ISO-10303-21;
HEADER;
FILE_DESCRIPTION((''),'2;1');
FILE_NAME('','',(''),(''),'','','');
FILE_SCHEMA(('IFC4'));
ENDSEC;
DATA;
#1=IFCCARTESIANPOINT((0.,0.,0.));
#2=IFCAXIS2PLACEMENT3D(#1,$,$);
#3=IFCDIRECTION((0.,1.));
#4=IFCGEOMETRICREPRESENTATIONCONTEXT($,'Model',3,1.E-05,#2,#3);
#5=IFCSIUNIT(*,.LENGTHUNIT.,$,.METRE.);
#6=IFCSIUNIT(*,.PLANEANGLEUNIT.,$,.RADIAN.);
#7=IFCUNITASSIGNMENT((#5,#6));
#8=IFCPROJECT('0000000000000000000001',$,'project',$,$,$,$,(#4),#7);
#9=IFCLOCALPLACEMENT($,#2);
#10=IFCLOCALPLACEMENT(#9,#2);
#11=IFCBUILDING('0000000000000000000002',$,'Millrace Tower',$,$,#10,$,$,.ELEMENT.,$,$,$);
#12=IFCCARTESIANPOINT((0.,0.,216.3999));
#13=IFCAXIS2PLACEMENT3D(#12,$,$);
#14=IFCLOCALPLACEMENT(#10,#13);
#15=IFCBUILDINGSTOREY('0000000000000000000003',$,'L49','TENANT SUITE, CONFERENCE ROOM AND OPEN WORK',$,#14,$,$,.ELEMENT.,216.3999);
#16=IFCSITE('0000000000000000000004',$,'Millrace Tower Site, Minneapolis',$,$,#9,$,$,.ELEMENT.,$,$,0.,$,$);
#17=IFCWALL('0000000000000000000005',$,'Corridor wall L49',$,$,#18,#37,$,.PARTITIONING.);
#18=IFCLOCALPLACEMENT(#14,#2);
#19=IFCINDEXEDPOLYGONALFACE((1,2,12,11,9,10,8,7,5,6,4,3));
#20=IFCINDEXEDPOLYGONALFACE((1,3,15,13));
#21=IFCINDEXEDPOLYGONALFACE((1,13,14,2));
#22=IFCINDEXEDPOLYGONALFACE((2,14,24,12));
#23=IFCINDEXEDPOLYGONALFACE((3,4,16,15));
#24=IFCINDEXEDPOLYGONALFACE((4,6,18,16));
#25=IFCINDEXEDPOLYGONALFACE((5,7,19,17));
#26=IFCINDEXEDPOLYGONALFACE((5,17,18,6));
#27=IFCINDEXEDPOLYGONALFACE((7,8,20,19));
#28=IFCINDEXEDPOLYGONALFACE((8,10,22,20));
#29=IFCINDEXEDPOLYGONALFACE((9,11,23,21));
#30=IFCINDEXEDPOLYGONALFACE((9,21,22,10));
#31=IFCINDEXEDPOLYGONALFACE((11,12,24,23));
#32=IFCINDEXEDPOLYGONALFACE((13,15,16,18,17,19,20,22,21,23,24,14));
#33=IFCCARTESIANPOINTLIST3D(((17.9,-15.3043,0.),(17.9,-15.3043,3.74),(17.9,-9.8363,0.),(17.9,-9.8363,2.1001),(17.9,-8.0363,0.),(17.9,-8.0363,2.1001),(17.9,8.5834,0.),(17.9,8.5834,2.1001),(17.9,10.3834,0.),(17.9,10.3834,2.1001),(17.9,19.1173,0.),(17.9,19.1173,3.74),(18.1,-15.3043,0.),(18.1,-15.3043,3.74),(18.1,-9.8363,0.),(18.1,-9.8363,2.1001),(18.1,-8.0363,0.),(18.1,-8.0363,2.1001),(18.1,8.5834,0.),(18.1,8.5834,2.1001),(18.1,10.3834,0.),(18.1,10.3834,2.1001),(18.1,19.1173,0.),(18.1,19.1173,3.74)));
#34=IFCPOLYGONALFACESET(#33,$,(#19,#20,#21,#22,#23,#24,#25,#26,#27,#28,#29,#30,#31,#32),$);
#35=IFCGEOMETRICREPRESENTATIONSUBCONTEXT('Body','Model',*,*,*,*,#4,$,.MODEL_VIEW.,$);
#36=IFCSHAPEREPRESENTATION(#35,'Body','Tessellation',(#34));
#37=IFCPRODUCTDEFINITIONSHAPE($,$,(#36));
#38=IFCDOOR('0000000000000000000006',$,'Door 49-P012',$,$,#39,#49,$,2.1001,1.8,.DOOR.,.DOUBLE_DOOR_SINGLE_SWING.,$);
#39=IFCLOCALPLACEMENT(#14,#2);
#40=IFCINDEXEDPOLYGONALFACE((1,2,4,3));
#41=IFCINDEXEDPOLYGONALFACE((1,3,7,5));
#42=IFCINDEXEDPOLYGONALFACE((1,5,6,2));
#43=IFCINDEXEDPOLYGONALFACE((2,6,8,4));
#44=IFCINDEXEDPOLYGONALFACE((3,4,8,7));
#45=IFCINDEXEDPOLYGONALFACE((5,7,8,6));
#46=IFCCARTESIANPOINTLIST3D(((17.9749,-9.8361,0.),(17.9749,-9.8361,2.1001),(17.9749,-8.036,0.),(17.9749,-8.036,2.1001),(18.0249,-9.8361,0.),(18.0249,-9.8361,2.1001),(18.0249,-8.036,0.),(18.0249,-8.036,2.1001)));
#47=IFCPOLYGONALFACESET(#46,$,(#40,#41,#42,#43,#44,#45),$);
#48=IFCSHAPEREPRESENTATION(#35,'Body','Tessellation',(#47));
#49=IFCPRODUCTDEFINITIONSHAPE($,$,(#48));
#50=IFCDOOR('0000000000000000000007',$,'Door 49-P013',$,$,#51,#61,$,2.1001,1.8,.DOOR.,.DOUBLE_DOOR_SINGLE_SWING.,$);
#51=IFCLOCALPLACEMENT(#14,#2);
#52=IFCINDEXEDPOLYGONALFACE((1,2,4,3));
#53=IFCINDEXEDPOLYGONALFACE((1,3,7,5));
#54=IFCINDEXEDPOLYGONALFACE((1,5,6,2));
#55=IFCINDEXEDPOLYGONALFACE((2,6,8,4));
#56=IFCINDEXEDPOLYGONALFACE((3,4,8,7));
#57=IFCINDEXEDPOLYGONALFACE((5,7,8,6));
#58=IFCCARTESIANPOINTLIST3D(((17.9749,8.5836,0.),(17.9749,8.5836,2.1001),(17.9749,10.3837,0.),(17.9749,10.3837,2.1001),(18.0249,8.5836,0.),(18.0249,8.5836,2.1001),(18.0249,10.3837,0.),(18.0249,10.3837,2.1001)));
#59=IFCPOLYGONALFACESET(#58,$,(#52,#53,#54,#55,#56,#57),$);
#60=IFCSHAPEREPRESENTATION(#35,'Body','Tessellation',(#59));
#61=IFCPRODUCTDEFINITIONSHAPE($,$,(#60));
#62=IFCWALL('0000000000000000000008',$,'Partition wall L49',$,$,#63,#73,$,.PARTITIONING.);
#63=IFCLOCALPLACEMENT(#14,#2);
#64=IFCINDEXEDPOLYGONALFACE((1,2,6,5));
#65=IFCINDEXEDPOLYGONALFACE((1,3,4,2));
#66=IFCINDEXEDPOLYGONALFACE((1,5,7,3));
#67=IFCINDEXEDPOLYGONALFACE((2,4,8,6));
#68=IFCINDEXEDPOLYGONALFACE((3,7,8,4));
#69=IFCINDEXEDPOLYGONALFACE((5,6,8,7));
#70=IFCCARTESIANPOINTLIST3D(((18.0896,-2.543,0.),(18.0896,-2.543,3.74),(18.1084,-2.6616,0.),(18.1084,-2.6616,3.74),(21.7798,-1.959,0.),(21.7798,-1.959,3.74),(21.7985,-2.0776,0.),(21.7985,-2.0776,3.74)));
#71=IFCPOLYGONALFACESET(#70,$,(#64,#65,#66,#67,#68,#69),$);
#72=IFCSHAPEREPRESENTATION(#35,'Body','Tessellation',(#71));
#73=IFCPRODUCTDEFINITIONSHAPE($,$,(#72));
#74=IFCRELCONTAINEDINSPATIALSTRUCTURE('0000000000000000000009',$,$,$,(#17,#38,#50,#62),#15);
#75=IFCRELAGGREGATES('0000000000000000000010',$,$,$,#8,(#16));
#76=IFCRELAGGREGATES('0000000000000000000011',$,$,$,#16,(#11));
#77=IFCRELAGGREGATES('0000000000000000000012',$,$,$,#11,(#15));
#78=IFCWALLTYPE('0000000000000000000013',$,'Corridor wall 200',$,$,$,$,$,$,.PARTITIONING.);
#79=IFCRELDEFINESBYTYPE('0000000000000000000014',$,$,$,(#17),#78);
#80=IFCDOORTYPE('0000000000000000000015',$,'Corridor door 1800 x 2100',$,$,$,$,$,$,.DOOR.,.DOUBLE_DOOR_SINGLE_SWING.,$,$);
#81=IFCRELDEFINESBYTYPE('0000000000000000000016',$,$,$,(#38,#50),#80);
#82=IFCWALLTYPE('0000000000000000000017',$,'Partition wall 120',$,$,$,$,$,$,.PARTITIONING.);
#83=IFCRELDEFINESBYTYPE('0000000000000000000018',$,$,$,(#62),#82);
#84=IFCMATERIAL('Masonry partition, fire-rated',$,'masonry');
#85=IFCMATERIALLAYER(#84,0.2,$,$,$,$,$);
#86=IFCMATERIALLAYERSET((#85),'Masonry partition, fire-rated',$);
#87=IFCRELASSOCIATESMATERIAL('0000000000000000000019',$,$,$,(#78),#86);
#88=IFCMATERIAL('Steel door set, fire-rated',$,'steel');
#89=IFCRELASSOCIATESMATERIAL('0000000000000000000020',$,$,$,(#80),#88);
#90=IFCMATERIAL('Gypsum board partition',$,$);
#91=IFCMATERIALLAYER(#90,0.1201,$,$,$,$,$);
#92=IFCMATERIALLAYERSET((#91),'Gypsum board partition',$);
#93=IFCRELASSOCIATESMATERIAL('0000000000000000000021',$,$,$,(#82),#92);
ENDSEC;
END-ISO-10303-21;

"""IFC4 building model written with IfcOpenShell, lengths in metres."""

from ifc_helpers import new_model, si_unit, direction, frame, frame_2d, origin, place, context, subcontext, project, spatial, rectangle, extrude, material, layer, layer_set, type_object, element, fill, save


model = new_model("IFC4")

# Units and contexts
model_context = context("Model", 3, precision=1e-05, world=origin(), true_north=direction((0.0, 1.0)))
body_context = subcontext(model_context, "Body", "Model", "MODEL_VIEW")
ifc_project = project(units=[si_unit("LENGTHUNIT", "METRE"), si_unit("PLANEANGLEUNIT", "RADIAN")], contexts=[model_context])

# Site, building, storey
site_placement = place(None, origin())
site = spatial("IfcSite", under=ifc_project, at=site_placement, Name="Millrace Tower Site, Minneapolis", CompositionType="ELEMENT", RefElevation=0.0)
building_placement = place(site_placement, origin())
building = spatial("IfcBuilding", under=site, at=building_placement, Name="Millrace Tower", CompositionType="ELEMENT")
storey_placement = place(building_placement, frame((0.0, 0.0, 216.3999)))
storey = spatial("IfcBuildingStorey", under=building, at=storey_placement, Name="L49", Description="TENANT SUITE, CONFERENCE ROOM AND OPEN WORK", CompositionType="ELEMENT", Elevation=216.3999)

# Wall, openings, doors
ifc_material_1 = material(Name="Masonry partition, fire-rated", Category="masonry")
ifc_layer_1 = layer(ifc_material_1, 0.2)
ifc_layer_set_1 = layer_set([ifc_layer_1], Name="Masonry partition, fire-rated")
wall_type_1 = type_object("IfcWallType", Name="Corridor wall 200", PredefinedType="PARTITIONING", material=ifc_layer_set_1)
wall_1_placement = place(storey_placement, frame((18.0, -15.3044, 0.0), z_axis=(0.0, 0.0, 1.0), x_axis=(0.0, 1.0, 0.0)))
wall_1 = element("IfcWall", 1, at=wall_1_placement, inside=storey, type_object=wall_type_1, Name="Corridor wall L49", PredefinedType="PARTITIONING", context=body_context, shape_type="SweptSolid", body=[
    extrude(rectangle(XDim=34.4216, YDim=0.2, at=frame_2d((17.2109, 0.0))), origin(), (0.0, 0.0, 1.0), 3.74),
])
opening_1_placement = place(wall_1_placement, frame((5.4683, 0.0, 0.0)))
opening_1 = element("IfcOpeningElement", 2, at=opening_1_placement, cuts=wall_1, PredefinedType="OPENING", context=body_context, shape_type="SweptSolid", body=[
    extrude(rectangle(XDim=1.8, YDim=2.1001, at=frame_2d((0.8999, 1.05))), frame((0.0, 0.1099, 0.0), z_axis=(0.0, -1.0, 0.0), x_axis=(1.0, 0.0, 0.0)), (0.0, 0.0, 1.0), 0.22),
])
opening_2_placement = place(wall_1_placement, frame((23.8879, 0.0, 0.0)))
opening_2 = element("IfcOpeningElement", 3, at=opening_2_placement, cuts=wall_1, PredefinedType="OPENING", context=body_context, shape_type="SweptSolid", body=[
    extrude(rectangle(XDim=1.8, YDim=2.1001, at=frame_2d((0.8999, 1.05))), frame((0.0, 0.1099, 0.0), z_axis=(0.0, -1.0, 0.0), x_axis=(1.0, 0.0, 0.0)), (0.0, 0.0, 1.0), 0.22),
])
ifc_material_2 = material(Name="Steel door set, fire-rated", Category="steel")
door_type = type_object("IfcDoorType", Name="Corridor door 1800 x 2100", OperationType="DOUBLE_DOOR_SINGLE_SWING", PredefinedType="DOOR", material=ifc_material_2)
door_1_placement = place(opening_1_placement, frame((1.8, 0.0, 0.0), z_axis=(0.0, 0.0, 1.0), x_axis=(-1.0, 0.0, 0.0)))
door_1 = element("IfcDoor", 4, at=door_1_placement, inside=storey, type_object=door_type, Name="Door 49-P012", OperationType="DOUBLE_DOOR_SINGLE_SWING", OverallHeight=2.1001, OverallWidth=1.8, PredefinedType="DOOR", context=body_context, shape_type="SweptSolid", body=[
    extrude(rectangle(XDim=1.8, YDim=2.1001, at=frame_2d((0.8999, 1.05))), frame((0.0, 0.0249, 0.0), z_axis=(0.0, -1.0, 0.0), x_axis=(1.0, 0.0, 0.0)), (0.0, 0.0, 1.0), 0.05),
])
fill(opening_1, door_1)
door_2_placement = place(opening_2_placement, frame((1.8, 0.0, 0.0), z_axis=(0.0, 0.0, 1.0), x_axis=(-1.0, 0.0, 0.0)))
door_2 = element("IfcDoor", 5, at=door_2_placement, inside=storey, type_object=door_type, Name="Door 49-P013", OperationType="DOUBLE_DOOR_SINGLE_SWING", OverallHeight=2.1001, OverallWidth=1.8, PredefinedType="DOOR", context=body_context, shape_type="SweptSolid", body=[
    extrude(rectangle(XDim=1.8, YDim=2.1001, at=frame_2d((0.8999, 1.05))), frame((0.0, 0.0249, 0.0), z_axis=(0.0, -1.0, 0.0), x_axis=(1.0, 0.0, 0.0)), (0.0, 0.0, 1.0), 0.05),
])
fill(opening_2, door_2)

# Wall
ifc_material_3 = material(Name="Gypsum board partition")
ifc_layer_2 = layer(ifc_material_3, 0.1201)
ifc_layer_set_2 = layer_set([ifc_layer_2], Name="Gypsum board partition")
wall_type_2 = type_object("IfcWallType", Name="Partition wall 120", PredefinedType="PARTITIONING", material=ifc_layer_set_2)
wall_2_placement = place(storey_placement, frame((18.0989, -2.6023, 0.0), z_axis=(0.0, 0.0, 1.0), x_axis=(0.987708, 0.156308, 0.0)))
element("IfcWall", 6, at=wall_2_placement, inside=storey, type_object=wall_type_2, Name="Partition wall L49", PredefinedType="PARTITIONING", context=body_context, shape_type="SweptSolid", body=[
    extrude(rectangle(XDim=3.7361, YDim=0.1201, at=frame_2d((1.8682, 0.0))), origin(), (0.0, 0.0, 1.0), 3.74),
])

save(model, "model.ifc")
